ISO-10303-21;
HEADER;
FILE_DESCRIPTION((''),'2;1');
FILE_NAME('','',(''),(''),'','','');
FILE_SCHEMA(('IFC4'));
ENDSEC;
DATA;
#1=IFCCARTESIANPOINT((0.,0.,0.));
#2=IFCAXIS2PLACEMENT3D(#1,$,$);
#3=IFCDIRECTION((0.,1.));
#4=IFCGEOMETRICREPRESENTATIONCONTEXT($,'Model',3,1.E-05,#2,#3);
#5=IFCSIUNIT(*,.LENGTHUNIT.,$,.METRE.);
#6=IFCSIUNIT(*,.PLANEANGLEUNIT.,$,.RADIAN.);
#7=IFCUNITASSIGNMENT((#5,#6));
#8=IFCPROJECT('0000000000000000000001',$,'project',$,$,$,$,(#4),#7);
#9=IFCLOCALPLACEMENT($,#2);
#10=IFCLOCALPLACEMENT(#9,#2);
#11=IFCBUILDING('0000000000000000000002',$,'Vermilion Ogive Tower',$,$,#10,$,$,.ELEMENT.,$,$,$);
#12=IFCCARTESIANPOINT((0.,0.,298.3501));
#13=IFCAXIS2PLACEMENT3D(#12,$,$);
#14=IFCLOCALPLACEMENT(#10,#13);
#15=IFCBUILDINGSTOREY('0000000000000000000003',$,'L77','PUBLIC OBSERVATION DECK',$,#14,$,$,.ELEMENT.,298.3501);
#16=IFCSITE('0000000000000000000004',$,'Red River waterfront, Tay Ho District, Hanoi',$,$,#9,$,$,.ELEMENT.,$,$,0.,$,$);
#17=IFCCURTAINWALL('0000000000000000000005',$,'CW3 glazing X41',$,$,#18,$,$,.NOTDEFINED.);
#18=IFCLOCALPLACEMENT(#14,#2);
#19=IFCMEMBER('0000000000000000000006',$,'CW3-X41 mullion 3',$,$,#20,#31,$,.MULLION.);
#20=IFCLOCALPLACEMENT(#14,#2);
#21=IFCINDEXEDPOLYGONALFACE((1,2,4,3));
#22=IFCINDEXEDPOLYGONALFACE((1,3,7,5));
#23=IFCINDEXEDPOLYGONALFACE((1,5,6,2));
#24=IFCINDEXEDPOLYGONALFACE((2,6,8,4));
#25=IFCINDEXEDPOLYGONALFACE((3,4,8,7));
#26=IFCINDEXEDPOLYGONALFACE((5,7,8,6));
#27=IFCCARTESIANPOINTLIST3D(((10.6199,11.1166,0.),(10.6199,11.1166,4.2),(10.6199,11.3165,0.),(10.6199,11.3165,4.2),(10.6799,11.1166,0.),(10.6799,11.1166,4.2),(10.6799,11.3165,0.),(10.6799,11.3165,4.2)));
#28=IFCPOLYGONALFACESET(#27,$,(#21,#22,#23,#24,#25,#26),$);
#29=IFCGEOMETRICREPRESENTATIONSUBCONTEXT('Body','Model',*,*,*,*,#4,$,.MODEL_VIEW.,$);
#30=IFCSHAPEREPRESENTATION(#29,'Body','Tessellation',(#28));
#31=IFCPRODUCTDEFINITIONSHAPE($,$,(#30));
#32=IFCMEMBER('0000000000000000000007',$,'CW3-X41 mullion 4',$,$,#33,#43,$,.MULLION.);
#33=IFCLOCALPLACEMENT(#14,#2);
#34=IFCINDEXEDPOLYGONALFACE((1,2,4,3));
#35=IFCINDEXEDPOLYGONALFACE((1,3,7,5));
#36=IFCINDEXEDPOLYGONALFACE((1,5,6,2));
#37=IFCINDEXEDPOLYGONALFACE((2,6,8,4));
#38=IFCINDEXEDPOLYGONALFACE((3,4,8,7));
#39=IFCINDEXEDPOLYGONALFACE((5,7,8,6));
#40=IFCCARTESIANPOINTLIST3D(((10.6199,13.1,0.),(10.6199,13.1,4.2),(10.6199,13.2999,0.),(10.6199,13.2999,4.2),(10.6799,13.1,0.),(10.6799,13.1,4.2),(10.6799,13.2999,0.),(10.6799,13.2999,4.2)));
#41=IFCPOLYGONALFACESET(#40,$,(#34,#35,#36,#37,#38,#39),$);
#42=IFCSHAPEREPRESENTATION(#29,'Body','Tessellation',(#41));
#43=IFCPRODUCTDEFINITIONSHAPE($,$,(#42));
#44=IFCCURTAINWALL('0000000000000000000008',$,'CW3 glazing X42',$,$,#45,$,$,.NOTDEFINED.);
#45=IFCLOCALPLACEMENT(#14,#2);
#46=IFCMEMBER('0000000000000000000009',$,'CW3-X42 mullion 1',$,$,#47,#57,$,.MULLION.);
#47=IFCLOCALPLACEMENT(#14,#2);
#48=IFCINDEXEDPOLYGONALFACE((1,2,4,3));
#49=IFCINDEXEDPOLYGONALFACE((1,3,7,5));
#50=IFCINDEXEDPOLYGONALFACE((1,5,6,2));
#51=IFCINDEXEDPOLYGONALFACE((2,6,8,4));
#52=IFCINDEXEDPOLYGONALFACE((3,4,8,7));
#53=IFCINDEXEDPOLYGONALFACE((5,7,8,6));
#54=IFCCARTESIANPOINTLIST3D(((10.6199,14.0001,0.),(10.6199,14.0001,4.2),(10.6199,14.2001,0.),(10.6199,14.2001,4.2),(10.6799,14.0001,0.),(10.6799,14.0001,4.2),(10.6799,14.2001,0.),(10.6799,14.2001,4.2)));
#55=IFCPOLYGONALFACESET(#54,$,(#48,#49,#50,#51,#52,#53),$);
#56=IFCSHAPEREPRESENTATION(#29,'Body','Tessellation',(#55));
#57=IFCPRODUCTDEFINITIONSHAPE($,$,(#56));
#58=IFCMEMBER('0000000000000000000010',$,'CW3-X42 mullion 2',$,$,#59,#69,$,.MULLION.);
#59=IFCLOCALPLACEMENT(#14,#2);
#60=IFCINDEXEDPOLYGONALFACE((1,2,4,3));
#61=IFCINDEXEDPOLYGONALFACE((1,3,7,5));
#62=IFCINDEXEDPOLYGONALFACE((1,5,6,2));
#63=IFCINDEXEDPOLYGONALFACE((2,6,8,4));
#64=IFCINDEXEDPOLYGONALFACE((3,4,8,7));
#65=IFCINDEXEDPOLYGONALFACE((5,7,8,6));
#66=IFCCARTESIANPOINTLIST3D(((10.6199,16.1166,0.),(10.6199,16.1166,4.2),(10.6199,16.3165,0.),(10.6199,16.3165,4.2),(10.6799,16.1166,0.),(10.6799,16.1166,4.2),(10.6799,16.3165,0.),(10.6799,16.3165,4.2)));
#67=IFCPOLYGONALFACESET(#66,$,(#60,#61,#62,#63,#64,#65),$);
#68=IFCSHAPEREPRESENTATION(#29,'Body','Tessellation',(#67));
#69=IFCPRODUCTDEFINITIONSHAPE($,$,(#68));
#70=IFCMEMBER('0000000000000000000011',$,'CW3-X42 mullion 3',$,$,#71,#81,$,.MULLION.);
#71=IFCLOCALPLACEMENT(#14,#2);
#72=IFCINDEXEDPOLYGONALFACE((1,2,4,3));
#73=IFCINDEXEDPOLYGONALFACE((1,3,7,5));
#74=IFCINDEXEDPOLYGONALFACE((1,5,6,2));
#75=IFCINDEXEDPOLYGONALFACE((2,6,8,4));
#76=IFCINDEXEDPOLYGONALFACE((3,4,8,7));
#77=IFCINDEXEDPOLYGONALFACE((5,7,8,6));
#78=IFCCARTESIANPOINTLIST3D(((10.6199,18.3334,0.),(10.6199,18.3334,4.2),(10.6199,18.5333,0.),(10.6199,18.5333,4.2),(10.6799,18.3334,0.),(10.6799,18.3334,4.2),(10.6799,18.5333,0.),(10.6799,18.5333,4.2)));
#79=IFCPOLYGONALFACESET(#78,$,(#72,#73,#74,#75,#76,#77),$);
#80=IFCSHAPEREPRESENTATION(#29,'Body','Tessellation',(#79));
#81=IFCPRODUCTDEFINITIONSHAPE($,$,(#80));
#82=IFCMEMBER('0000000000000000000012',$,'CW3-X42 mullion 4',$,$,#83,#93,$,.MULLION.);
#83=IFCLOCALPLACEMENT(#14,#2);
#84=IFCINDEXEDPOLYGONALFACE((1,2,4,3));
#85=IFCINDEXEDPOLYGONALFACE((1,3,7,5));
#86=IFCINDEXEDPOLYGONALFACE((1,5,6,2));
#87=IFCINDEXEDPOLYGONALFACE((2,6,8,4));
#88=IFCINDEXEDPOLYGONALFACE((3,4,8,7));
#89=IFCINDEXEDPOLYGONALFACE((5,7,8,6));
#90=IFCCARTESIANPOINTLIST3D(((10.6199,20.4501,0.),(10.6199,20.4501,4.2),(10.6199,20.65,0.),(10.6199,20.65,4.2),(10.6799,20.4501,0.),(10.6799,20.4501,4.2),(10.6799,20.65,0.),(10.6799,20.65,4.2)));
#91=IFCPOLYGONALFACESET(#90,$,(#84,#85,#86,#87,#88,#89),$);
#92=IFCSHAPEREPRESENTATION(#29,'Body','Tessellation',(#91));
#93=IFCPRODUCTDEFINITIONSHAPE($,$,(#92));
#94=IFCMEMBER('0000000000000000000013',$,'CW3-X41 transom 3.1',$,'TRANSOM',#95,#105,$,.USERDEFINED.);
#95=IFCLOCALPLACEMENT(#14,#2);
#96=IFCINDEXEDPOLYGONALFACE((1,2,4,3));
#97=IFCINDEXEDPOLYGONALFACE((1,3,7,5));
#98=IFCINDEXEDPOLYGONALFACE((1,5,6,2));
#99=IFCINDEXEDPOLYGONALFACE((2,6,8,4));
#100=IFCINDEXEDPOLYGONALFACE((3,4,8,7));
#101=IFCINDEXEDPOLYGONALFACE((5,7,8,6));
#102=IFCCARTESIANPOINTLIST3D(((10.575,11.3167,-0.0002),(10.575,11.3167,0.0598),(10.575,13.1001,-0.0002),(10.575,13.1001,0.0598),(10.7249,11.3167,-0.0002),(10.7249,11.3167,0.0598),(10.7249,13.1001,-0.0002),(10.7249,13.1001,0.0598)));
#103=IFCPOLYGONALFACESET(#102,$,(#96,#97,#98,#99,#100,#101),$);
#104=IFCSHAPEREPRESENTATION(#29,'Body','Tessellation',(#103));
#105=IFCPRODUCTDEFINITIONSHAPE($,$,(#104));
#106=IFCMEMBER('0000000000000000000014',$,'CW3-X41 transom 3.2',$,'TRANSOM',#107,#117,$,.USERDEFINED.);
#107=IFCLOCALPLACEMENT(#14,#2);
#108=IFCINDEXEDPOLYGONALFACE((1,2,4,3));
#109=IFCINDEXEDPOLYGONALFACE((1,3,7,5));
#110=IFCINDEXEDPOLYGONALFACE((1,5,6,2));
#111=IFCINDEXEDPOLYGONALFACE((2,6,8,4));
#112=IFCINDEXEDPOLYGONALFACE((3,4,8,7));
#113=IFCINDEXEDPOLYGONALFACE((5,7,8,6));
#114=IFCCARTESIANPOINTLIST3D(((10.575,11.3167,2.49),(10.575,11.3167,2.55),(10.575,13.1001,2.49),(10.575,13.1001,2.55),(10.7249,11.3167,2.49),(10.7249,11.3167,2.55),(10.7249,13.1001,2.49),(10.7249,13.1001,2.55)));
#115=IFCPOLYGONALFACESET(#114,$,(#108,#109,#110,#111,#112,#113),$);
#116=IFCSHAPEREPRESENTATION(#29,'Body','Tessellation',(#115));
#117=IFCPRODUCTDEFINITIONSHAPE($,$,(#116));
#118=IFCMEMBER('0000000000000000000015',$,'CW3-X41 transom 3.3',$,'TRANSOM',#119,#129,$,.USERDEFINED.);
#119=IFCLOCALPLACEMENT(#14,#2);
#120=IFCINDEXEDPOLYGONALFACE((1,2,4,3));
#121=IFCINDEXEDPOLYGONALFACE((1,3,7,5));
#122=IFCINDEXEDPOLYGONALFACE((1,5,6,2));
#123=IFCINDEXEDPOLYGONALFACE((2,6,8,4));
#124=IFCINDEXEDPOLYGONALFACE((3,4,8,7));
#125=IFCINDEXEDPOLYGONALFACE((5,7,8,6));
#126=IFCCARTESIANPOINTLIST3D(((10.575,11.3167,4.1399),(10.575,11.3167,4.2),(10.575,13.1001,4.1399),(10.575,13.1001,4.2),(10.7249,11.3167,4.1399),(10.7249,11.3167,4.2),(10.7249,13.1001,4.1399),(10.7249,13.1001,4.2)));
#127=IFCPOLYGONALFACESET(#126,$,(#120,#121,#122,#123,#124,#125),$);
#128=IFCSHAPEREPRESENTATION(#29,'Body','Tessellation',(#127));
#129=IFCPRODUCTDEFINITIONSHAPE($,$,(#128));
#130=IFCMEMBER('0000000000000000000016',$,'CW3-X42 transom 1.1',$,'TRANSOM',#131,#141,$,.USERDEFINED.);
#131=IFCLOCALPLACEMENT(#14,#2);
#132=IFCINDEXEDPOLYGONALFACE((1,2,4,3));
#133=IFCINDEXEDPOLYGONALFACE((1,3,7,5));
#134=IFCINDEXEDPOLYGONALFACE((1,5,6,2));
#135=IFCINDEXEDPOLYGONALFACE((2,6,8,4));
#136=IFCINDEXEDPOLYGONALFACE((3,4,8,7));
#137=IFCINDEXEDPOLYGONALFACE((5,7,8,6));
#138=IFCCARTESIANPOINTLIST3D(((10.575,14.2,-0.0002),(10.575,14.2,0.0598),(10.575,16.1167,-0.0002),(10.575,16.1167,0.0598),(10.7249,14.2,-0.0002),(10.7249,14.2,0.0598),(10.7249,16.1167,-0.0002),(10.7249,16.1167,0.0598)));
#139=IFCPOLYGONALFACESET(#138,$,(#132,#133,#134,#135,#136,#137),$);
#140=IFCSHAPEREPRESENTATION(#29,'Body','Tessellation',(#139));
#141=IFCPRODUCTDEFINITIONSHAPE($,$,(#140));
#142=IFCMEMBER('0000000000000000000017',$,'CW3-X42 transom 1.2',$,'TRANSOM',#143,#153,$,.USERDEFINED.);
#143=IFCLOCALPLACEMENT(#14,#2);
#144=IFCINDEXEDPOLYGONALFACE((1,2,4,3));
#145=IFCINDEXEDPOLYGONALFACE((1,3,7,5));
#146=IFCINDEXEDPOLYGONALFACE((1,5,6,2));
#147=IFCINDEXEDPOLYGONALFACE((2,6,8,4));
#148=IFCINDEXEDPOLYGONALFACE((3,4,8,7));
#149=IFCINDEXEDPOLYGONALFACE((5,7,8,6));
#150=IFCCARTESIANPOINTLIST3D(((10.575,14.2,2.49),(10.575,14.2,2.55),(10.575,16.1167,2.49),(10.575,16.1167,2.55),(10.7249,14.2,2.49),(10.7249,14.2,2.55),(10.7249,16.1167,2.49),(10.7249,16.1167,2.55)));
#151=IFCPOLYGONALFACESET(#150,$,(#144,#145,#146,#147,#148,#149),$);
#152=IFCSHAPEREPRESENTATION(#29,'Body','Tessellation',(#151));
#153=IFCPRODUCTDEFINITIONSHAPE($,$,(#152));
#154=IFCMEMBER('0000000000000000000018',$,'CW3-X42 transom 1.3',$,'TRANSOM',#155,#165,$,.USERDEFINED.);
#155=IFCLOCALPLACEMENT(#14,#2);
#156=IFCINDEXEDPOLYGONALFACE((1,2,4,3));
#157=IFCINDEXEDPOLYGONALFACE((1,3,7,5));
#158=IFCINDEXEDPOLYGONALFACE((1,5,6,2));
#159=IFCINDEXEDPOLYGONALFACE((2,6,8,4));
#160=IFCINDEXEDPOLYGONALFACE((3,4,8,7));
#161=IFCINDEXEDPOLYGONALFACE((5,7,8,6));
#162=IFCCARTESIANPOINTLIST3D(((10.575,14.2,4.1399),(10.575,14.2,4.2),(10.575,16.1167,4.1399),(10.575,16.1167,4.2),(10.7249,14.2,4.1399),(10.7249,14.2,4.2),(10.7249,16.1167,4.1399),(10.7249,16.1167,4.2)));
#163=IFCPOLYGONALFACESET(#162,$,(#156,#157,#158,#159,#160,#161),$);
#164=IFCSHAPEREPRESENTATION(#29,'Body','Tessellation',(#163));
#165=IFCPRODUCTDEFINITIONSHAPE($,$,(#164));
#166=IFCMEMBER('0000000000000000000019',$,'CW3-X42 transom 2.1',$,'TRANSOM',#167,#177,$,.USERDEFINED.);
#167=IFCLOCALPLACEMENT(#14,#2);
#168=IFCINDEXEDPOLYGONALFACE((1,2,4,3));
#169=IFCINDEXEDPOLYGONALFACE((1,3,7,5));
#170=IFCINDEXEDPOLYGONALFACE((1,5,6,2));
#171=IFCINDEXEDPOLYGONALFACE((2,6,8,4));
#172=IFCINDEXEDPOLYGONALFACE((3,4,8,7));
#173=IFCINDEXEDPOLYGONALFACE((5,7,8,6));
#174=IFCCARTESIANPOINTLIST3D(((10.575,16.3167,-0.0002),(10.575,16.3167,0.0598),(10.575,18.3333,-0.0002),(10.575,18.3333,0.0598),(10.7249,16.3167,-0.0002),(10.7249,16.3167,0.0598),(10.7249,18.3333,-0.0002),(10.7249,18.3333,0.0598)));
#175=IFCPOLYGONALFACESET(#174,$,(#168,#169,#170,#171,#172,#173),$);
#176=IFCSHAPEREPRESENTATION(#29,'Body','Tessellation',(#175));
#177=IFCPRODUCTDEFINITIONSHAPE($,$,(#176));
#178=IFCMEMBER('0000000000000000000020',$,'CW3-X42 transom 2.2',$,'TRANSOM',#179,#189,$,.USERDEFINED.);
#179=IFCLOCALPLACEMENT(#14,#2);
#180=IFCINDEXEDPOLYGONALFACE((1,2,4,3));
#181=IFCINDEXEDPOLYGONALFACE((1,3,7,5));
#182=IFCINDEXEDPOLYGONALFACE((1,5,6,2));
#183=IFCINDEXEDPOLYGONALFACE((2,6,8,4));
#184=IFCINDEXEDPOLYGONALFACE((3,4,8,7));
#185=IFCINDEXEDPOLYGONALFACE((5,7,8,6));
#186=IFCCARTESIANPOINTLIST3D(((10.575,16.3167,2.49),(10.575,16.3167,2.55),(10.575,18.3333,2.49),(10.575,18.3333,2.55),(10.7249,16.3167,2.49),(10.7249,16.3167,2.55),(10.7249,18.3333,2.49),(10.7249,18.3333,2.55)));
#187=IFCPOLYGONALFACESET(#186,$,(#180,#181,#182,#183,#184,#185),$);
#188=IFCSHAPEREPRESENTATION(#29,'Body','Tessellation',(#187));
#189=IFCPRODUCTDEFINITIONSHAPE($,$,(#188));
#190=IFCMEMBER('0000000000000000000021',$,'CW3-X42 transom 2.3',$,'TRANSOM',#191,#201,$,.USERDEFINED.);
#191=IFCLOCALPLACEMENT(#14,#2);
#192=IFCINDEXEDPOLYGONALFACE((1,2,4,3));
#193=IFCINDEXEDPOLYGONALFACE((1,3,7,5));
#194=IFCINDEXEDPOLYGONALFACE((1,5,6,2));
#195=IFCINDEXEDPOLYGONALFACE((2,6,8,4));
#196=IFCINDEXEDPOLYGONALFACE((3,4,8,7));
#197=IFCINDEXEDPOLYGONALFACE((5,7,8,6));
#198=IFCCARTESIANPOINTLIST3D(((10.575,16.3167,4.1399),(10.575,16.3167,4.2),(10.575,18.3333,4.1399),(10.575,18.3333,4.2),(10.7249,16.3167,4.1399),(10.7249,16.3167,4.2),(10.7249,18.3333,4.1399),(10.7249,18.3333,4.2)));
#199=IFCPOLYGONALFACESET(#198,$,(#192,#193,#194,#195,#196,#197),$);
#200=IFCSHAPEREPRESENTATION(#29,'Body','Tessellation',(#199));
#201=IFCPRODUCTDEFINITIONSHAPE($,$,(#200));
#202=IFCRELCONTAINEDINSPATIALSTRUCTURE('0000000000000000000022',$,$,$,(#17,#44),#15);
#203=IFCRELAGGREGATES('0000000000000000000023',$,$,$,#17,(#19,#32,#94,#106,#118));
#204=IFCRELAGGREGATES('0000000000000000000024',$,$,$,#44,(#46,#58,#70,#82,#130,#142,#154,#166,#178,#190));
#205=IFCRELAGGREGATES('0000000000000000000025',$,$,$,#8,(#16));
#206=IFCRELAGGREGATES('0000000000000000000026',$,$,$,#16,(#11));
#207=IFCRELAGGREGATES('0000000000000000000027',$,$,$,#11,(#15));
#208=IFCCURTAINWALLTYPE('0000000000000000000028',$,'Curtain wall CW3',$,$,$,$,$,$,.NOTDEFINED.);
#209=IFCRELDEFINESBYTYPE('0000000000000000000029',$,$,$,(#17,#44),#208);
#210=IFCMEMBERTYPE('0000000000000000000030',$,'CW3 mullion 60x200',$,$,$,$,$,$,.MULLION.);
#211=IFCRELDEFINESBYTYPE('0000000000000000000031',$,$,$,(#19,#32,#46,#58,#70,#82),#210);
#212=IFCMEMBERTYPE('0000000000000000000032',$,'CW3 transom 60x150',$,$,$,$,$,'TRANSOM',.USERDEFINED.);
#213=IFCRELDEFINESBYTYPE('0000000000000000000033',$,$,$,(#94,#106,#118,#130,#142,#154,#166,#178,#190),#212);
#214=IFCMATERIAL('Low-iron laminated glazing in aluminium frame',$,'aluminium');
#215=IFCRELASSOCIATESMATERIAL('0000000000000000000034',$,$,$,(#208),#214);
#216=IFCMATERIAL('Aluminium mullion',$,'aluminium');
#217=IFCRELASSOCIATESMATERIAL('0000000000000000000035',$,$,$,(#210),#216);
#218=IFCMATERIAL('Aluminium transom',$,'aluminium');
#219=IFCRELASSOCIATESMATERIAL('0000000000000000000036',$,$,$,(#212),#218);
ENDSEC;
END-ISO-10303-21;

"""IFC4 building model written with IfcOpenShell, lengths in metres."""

from ifc_helpers import new_model, si_unit, direction, frame, origin, origin_2d, place, context, subcontext, project, spatial, rectangle, extrude, material, material_profile, profile_set, type_object, element, aggregate, save


model = new_model("IFC4")

# Units and contexts
model_context = context("Model", 3, precision=1e-05, world=origin(), true_north=direction((0.0, 1.0)))
body_context = subcontext(model_context, "Body", "Model", "MODEL_VIEW")
ifc_project = project(units=[si_unit("LENGTHUNIT", "METRE"), si_unit("PLANEANGLEUNIT", "RADIAN")], contexts=[model_context])

# Site, building, storey
site_placement = place(None, origin())
site = spatial("IfcSite", under=ifc_project, at=site_placement, Name="Red River waterfront, Tay Ho District, Hanoi", CompositionType="ELEMENT", RefElevation=0.0)
building_placement = place(site_placement, origin())
building = spatial("IfcBuilding", under=site, at=building_placement, Name="Vermilion Ogive Tower", CompositionType="ELEMENT")
storey_placement = place(building_placement, frame((0.0, 0.0, 298.3501)))
storey = spatial("IfcBuildingStorey", under=building, at=storey_placement, Name="L77", Description="PUBLIC OBSERVATION DECK", CompositionType="ELEMENT", Elevation=298.3501)

# Curtain walls, members
ifc_material_1 = material(Name="Low-iron laminated glazing in aluminium frame", Category="aluminium")
curtain_wall_type = type_object("IfcCurtainWallType", Name="Curtain wall CW3", PredefinedType="NOTDEFINED", material=ifc_material_1)
curtain_wall_1_placement = place(storey_placement, origin())
curtain_wall_1 = element("IfcCurtainWall", 1, at=curtain_wall_1_placement, inside=storey, type_object=curtain_wall_type, Name="CW3 glazing X41", PredefinedType="NOTDEFINED")
ifc_material_2 = material(Name="Aluminium mullion", Category="aluminium")
ifc_material_profile_1 = material_profile(ifc_material_2, rectangle(XDim=0.0601, YDim=0.2, at=origin_2d()), Name="AL 60x200")
ifc_profile_set_1 = profile_set([ifc_material_profile_1], Name="Aluminium mullion")
member_type_1 = type_object("IfcMemberType", Name="CW3 mullion 60x200", PredefinedType="MULLION", material=ifc_profile_set_1)
member_1_placement = place(storey_placement, frame((10.6499, 11.2166, 0.0), z_axis=(0.0, 0.0, 1.0), x_axis=(-1.0, 0.0, 0.0)))
member_1 = element("IfcMember", 2, at=member_1_placement, type_object=member_type_1, Name="CW3-X41 mullion 3", PredefinedType="MULLION", context=body_context, shape_type="SweptSolid", body=[
    extrude(rectangle(XDim=0.0601, YDim=0.2, at=origin_2d()), origin(), (0.0, 0.0, 1.0), 4.2),
])
member_2_placement = place(storey_placement, frame((10.6499, 13.2, 0.0), z_axis=(0.0, 0.0, 1.0), x_axis=(-1.0, 0.0, 0.0)))
member_2 = element("IfcMember", 3, at=member_2_placement, type_object=member_type_1, Name="CW3-X41 mullion 4", PredefinedType="MULLION", context=body_context, shape_type="SweptSolid", body=[
    extrude(rectangle(XDim=0.0601, YDim=0.2, at=origin_2d()), origin(), (0.0, 0.0, 1.0), 4.2),
])
curtain_wall_2_placement = place(storey_placement, origin())
curtain_wall_2 = element("IfcCurtainWall", 4, at=curtain_wall_2_placement, inside=storey, type_object=curtain_wall_type, Name="CW3 glazing X42", PredefinedType="NOTDEFINED")
member_3_placement = place(storey_placement, frame((10.6499, 14.1001, 0.0), z_axis=(0.0, 0.0, 1.0), x_axis=(-1.0, 0.0, 0.0)))
member_3 = element("IfcMember", 5, at=member_3_placement, type_object=member_type_1, Name="CW3-X42 mullion 1", PredefinedType="MULLION", context=body_context, shape_type="SweptSolid", body=[
    extrude(rectangle(XDim=0.0601, YDim=0.2, at=origin_2d()), origin(), (0.0, 0.0, 1.0), 4.2),
])
member_4_placement = place(storey_placement, frame((10.6499, 16.2166, 0.0), z_axis=(0.0, 0.0, 1.0), x_axis=(-1.0, 0.0, 0.0)))
member_4 = element("IfcMember", 6, at=member_4_placement, type_object=member_type_1, Name="CW3-X42 mullion 2", PredefinedType="MULLION", context=body_context, shape_type="SweptSolid", body=[
    extrude(rectangle(XDim=0.0601, YDim=0.2, at=origin_2d()), origin(), (0.0, 0.0, 1.0), 4.2),
])
member_5_placement = place(storey_placement, frame((10.6499, 18.4333, 0.0), z_axis=(0.0, 0.0, 1.0), x_axis=(-1.0, 0.0, 0.0)))
member_5 = element("IfcMember", 7, at=member_5_placement, type_object=member_type_1, Name="CW3-X42 mullion 3", PredefinedType="MULLION", context=body_context, shape_type="SweptSolid", body=[
    extrude(rectangle(XDim=0.0601, YDim=0.2, at=origin_2d()), origin(), (0.0, 0.0, 1.0), 4.2),
])
member_6_placement = place(storey_placement, frame((10.6499, 20.55, 0.0), z_axis=(0.0, 0.0, 1.0), x_axis=(-1.0, 0.0, 0.0)))
member_6 = element("IfcMember", 8, at=member_6_placement, type_object=member_type_1, Name="CW3-X42 mullion 4", PredefinedType="MULLION", context=body_context, shape_type="SweptSolid", body=[
    extrude(rectangle(XDim=0.0601, YDim=0.2, at=origin_2d()), origin(), (0.0, 0.0, 1.0), 4.2),
])

# Members
ifc_material_3 = material(Name="Aluminium transom", Category="aluminium")
ifc_material_profile_2 = material_profile(ifc_material_3, rectangle(XDim=0.1499, YDim=0.0601, at=origin_2d()), Name="AL 60x150")
ifc_profile_set_2 = profile_set([ifc_material_profile_2], Name="Aluminium transom")
member_type_2 = type_object("IfcMemberType", Name="CW3 transom 60x150", ElementType="TRANSOM", PredefinedType="USERDEFINED", material=ifc_profile_set_2)
member_7_placement = place(storey_placement, frame((10.6499, 11.3167, 0.0298), z_axis=(0.0, 1.0, 0.0), x_axis=(-1.0, 0.0, 0.0)))
member_7 = element("IfcMember", 9, at=member_7_placement, type_object=member_type_2, Name="CW3-X41 transom 3.1", ObjectType="TRANSOM", PredefinedType="USERDEFINED", context=body_context, shape_type="SweptSolid", body=[
    extrude(rectangle(XDim=0.1499, YDim=0.0601, at=origin_2d()), origin(), (0.0, 0.0, 1.0), 1.7834),
])
member_8_placement = place(storey_placement, frame((10.6499, 11.3167, 2.52), z_axis=(0.0, 1.0, 0.0), x_axis=(-1.0, 0.0, 0.0)))
member_8 = element("IfcMember", 10, at=member_8_placement, type_object=member_type_2, Name="CW3-X41 transom 3.2", ObjectType="TRANSOM", PredefinedType="USERDEFINED", context=body_context, shape_type="SweptSolid", body=[
    extrude(rectangle(XDim=0.1499, YDim=0.0601, at=origin_2d()), origin(), (0.0, 0.0, 1.0), 1.7834),
])
member_9_placement = place(storey_placement, frame((10.6499, 11.3167, 4.1699), z_axis=(0.0, 1.0, 0.0), x_axis=(-1.0, 0.0, 0.0)))
member_9 = element("IfcMember", 11, at=member_9_placement, type_object=member_type_2, Name="CW3-X41 transom 3.3", ObjectType="TRANSOM", PredefinedType="USERDEFINED", context=body_context, shape_type="SweptSolid", body=[
    extrude(rectangle(XDim=0.1499, YDim=0.0601, at=origin_2d()), origin(), (0.0, 0.0, 1.0), 1.7834),
])
member_10_placement = place(storey_placement, frame((10.6499, 14.2, 0.0298), z_axis=(0.0, 1.0, 0.0), x_axis=(-1.0, 0.0, 0.0)))
member_10 = element("IfcMember", 12, at=member_10_placement, type_object=member_type_2, Name="CW3-X42 transom 1.1", ObjectType="TRANSOM", PredefinedType="USERDEFINED", context=body_context, shape_type="SweptSolid", body=[
    extrude(rectangle(XDim=0.1499, YDim=0.0601, at=origin_2d()), origin(), (0.0, 0.0, 1.0), 1.9167),
])
member_11_placement = place(storey_placement, frame((10.6499, 14.2, 2.52), z_axis=(0.0, 1.0, 0.0), x_axis=(-1.0, 0.0, 0.0)))
member_11 = element("IfcMember", 13, at=member_11_placement, type_object=member_type_2, Name="CW3-X42 transom 1.2", ObjectType="TRANSOM", PredefinedType="USERDEFINED", context=body_context, shape_type="SweptSolid", body=[
    extrude(rectangle(XDim=0.1499, YDim=0.0601, at=origin_2d()), origin(), (0.0, 0.0, 1.0), 1.9167),
])
member_12_placement = place(storey_placement, frame((10.6499, 14.2, 4.1699), z_axis=(0.0, 1.0, 0.0), x_axis=(-1.0, 0.0, 0.0)))
member_12 = element("IfcMember", 14, at=member_12_placement, type_object=member_type_2, Name="CW3-X42 transom 1.3", ObjectType="TRANSOM", PredefinedType="USERDEFINED", context=body_context, shape_type="SweptSolid", body=[
    extrude(rectangle(XDim=0.1499, YDim=0.0601, at=origin_2d()), origin(), (0.0, 0.0, 1.0), 1.9167),
])
member_13_placement = place(storey_placement, frame((10.6499, 16.3167, 0.0298), z_axis=(0.0, 1.0, 0.0), x_axis=(-1.0, 0.0, 0.0)))
member_13 = element("IfcMember", 15, at=member_13_placement, type_object=member_type_2, Name="CW3-X42 transom 2.1", ObjectType="TRANSOM", PredefinedType="USERDEFINED", context=body_context, shape_type="SweptSolid", body=[
    extrude(rectangle(XDim=0.1499, YDim=0.0601, at=origin_2d()), origin(), (0.0, 0.0, 1.0), 2.0166),
])
member_14_placement = place(storey_placement, frame((10.6499, 16.3167, 2.52), z_axis=(0.0, 1.0, 0.0), x_axis=(-1.0, 0.0, 0.0)))
member_14 = element("IfcMember", 16, at=member_14_placement, type_object=member_type_2, Name="CW3-X42 transom 2.2", ObjectType="TRANSOM", PredefinedType="USERDEFINED", context=body_context, shape_type="SweptSolid", body=[
    extrude(rectangle(XDim=0.1499, YDim=0.0601, at=origin_2d()), origin(), (0.0, 0.0, 1.0), 2.0166),
])
member_15_placement = place(storey_placement, frame((10.6499, 16.3167, 4.1699), z_axis=(0.0, 1.0, 0.0), x_axis=(-1.0, 0.0, 0.0)))
member_15 = element("IfcMember", 17, at=member_15_placement, type_object=member_type_2, Name="CW3-X42 transom 2.3", ObjectType="TRANSOM", PredefinedType="USERDEFINED", context=body_context, shape_type="SweptSolid", body=[
    extrude(rectangle(XDim=0.1499, YDim=0.0601, at=origin_2d()), origin(), (0.0, 0.0, 1.0), 2.0166),
])

aggregate(curtain_wall_1, [member_1, member_2, member_7, member_8, member_9])
aggregate(curtain_wall_2, [member_3, member_4, member_5, member_6, member_10, member_11, member_12, member_13, member_14, member_15])

save(model, "model.ifc")
